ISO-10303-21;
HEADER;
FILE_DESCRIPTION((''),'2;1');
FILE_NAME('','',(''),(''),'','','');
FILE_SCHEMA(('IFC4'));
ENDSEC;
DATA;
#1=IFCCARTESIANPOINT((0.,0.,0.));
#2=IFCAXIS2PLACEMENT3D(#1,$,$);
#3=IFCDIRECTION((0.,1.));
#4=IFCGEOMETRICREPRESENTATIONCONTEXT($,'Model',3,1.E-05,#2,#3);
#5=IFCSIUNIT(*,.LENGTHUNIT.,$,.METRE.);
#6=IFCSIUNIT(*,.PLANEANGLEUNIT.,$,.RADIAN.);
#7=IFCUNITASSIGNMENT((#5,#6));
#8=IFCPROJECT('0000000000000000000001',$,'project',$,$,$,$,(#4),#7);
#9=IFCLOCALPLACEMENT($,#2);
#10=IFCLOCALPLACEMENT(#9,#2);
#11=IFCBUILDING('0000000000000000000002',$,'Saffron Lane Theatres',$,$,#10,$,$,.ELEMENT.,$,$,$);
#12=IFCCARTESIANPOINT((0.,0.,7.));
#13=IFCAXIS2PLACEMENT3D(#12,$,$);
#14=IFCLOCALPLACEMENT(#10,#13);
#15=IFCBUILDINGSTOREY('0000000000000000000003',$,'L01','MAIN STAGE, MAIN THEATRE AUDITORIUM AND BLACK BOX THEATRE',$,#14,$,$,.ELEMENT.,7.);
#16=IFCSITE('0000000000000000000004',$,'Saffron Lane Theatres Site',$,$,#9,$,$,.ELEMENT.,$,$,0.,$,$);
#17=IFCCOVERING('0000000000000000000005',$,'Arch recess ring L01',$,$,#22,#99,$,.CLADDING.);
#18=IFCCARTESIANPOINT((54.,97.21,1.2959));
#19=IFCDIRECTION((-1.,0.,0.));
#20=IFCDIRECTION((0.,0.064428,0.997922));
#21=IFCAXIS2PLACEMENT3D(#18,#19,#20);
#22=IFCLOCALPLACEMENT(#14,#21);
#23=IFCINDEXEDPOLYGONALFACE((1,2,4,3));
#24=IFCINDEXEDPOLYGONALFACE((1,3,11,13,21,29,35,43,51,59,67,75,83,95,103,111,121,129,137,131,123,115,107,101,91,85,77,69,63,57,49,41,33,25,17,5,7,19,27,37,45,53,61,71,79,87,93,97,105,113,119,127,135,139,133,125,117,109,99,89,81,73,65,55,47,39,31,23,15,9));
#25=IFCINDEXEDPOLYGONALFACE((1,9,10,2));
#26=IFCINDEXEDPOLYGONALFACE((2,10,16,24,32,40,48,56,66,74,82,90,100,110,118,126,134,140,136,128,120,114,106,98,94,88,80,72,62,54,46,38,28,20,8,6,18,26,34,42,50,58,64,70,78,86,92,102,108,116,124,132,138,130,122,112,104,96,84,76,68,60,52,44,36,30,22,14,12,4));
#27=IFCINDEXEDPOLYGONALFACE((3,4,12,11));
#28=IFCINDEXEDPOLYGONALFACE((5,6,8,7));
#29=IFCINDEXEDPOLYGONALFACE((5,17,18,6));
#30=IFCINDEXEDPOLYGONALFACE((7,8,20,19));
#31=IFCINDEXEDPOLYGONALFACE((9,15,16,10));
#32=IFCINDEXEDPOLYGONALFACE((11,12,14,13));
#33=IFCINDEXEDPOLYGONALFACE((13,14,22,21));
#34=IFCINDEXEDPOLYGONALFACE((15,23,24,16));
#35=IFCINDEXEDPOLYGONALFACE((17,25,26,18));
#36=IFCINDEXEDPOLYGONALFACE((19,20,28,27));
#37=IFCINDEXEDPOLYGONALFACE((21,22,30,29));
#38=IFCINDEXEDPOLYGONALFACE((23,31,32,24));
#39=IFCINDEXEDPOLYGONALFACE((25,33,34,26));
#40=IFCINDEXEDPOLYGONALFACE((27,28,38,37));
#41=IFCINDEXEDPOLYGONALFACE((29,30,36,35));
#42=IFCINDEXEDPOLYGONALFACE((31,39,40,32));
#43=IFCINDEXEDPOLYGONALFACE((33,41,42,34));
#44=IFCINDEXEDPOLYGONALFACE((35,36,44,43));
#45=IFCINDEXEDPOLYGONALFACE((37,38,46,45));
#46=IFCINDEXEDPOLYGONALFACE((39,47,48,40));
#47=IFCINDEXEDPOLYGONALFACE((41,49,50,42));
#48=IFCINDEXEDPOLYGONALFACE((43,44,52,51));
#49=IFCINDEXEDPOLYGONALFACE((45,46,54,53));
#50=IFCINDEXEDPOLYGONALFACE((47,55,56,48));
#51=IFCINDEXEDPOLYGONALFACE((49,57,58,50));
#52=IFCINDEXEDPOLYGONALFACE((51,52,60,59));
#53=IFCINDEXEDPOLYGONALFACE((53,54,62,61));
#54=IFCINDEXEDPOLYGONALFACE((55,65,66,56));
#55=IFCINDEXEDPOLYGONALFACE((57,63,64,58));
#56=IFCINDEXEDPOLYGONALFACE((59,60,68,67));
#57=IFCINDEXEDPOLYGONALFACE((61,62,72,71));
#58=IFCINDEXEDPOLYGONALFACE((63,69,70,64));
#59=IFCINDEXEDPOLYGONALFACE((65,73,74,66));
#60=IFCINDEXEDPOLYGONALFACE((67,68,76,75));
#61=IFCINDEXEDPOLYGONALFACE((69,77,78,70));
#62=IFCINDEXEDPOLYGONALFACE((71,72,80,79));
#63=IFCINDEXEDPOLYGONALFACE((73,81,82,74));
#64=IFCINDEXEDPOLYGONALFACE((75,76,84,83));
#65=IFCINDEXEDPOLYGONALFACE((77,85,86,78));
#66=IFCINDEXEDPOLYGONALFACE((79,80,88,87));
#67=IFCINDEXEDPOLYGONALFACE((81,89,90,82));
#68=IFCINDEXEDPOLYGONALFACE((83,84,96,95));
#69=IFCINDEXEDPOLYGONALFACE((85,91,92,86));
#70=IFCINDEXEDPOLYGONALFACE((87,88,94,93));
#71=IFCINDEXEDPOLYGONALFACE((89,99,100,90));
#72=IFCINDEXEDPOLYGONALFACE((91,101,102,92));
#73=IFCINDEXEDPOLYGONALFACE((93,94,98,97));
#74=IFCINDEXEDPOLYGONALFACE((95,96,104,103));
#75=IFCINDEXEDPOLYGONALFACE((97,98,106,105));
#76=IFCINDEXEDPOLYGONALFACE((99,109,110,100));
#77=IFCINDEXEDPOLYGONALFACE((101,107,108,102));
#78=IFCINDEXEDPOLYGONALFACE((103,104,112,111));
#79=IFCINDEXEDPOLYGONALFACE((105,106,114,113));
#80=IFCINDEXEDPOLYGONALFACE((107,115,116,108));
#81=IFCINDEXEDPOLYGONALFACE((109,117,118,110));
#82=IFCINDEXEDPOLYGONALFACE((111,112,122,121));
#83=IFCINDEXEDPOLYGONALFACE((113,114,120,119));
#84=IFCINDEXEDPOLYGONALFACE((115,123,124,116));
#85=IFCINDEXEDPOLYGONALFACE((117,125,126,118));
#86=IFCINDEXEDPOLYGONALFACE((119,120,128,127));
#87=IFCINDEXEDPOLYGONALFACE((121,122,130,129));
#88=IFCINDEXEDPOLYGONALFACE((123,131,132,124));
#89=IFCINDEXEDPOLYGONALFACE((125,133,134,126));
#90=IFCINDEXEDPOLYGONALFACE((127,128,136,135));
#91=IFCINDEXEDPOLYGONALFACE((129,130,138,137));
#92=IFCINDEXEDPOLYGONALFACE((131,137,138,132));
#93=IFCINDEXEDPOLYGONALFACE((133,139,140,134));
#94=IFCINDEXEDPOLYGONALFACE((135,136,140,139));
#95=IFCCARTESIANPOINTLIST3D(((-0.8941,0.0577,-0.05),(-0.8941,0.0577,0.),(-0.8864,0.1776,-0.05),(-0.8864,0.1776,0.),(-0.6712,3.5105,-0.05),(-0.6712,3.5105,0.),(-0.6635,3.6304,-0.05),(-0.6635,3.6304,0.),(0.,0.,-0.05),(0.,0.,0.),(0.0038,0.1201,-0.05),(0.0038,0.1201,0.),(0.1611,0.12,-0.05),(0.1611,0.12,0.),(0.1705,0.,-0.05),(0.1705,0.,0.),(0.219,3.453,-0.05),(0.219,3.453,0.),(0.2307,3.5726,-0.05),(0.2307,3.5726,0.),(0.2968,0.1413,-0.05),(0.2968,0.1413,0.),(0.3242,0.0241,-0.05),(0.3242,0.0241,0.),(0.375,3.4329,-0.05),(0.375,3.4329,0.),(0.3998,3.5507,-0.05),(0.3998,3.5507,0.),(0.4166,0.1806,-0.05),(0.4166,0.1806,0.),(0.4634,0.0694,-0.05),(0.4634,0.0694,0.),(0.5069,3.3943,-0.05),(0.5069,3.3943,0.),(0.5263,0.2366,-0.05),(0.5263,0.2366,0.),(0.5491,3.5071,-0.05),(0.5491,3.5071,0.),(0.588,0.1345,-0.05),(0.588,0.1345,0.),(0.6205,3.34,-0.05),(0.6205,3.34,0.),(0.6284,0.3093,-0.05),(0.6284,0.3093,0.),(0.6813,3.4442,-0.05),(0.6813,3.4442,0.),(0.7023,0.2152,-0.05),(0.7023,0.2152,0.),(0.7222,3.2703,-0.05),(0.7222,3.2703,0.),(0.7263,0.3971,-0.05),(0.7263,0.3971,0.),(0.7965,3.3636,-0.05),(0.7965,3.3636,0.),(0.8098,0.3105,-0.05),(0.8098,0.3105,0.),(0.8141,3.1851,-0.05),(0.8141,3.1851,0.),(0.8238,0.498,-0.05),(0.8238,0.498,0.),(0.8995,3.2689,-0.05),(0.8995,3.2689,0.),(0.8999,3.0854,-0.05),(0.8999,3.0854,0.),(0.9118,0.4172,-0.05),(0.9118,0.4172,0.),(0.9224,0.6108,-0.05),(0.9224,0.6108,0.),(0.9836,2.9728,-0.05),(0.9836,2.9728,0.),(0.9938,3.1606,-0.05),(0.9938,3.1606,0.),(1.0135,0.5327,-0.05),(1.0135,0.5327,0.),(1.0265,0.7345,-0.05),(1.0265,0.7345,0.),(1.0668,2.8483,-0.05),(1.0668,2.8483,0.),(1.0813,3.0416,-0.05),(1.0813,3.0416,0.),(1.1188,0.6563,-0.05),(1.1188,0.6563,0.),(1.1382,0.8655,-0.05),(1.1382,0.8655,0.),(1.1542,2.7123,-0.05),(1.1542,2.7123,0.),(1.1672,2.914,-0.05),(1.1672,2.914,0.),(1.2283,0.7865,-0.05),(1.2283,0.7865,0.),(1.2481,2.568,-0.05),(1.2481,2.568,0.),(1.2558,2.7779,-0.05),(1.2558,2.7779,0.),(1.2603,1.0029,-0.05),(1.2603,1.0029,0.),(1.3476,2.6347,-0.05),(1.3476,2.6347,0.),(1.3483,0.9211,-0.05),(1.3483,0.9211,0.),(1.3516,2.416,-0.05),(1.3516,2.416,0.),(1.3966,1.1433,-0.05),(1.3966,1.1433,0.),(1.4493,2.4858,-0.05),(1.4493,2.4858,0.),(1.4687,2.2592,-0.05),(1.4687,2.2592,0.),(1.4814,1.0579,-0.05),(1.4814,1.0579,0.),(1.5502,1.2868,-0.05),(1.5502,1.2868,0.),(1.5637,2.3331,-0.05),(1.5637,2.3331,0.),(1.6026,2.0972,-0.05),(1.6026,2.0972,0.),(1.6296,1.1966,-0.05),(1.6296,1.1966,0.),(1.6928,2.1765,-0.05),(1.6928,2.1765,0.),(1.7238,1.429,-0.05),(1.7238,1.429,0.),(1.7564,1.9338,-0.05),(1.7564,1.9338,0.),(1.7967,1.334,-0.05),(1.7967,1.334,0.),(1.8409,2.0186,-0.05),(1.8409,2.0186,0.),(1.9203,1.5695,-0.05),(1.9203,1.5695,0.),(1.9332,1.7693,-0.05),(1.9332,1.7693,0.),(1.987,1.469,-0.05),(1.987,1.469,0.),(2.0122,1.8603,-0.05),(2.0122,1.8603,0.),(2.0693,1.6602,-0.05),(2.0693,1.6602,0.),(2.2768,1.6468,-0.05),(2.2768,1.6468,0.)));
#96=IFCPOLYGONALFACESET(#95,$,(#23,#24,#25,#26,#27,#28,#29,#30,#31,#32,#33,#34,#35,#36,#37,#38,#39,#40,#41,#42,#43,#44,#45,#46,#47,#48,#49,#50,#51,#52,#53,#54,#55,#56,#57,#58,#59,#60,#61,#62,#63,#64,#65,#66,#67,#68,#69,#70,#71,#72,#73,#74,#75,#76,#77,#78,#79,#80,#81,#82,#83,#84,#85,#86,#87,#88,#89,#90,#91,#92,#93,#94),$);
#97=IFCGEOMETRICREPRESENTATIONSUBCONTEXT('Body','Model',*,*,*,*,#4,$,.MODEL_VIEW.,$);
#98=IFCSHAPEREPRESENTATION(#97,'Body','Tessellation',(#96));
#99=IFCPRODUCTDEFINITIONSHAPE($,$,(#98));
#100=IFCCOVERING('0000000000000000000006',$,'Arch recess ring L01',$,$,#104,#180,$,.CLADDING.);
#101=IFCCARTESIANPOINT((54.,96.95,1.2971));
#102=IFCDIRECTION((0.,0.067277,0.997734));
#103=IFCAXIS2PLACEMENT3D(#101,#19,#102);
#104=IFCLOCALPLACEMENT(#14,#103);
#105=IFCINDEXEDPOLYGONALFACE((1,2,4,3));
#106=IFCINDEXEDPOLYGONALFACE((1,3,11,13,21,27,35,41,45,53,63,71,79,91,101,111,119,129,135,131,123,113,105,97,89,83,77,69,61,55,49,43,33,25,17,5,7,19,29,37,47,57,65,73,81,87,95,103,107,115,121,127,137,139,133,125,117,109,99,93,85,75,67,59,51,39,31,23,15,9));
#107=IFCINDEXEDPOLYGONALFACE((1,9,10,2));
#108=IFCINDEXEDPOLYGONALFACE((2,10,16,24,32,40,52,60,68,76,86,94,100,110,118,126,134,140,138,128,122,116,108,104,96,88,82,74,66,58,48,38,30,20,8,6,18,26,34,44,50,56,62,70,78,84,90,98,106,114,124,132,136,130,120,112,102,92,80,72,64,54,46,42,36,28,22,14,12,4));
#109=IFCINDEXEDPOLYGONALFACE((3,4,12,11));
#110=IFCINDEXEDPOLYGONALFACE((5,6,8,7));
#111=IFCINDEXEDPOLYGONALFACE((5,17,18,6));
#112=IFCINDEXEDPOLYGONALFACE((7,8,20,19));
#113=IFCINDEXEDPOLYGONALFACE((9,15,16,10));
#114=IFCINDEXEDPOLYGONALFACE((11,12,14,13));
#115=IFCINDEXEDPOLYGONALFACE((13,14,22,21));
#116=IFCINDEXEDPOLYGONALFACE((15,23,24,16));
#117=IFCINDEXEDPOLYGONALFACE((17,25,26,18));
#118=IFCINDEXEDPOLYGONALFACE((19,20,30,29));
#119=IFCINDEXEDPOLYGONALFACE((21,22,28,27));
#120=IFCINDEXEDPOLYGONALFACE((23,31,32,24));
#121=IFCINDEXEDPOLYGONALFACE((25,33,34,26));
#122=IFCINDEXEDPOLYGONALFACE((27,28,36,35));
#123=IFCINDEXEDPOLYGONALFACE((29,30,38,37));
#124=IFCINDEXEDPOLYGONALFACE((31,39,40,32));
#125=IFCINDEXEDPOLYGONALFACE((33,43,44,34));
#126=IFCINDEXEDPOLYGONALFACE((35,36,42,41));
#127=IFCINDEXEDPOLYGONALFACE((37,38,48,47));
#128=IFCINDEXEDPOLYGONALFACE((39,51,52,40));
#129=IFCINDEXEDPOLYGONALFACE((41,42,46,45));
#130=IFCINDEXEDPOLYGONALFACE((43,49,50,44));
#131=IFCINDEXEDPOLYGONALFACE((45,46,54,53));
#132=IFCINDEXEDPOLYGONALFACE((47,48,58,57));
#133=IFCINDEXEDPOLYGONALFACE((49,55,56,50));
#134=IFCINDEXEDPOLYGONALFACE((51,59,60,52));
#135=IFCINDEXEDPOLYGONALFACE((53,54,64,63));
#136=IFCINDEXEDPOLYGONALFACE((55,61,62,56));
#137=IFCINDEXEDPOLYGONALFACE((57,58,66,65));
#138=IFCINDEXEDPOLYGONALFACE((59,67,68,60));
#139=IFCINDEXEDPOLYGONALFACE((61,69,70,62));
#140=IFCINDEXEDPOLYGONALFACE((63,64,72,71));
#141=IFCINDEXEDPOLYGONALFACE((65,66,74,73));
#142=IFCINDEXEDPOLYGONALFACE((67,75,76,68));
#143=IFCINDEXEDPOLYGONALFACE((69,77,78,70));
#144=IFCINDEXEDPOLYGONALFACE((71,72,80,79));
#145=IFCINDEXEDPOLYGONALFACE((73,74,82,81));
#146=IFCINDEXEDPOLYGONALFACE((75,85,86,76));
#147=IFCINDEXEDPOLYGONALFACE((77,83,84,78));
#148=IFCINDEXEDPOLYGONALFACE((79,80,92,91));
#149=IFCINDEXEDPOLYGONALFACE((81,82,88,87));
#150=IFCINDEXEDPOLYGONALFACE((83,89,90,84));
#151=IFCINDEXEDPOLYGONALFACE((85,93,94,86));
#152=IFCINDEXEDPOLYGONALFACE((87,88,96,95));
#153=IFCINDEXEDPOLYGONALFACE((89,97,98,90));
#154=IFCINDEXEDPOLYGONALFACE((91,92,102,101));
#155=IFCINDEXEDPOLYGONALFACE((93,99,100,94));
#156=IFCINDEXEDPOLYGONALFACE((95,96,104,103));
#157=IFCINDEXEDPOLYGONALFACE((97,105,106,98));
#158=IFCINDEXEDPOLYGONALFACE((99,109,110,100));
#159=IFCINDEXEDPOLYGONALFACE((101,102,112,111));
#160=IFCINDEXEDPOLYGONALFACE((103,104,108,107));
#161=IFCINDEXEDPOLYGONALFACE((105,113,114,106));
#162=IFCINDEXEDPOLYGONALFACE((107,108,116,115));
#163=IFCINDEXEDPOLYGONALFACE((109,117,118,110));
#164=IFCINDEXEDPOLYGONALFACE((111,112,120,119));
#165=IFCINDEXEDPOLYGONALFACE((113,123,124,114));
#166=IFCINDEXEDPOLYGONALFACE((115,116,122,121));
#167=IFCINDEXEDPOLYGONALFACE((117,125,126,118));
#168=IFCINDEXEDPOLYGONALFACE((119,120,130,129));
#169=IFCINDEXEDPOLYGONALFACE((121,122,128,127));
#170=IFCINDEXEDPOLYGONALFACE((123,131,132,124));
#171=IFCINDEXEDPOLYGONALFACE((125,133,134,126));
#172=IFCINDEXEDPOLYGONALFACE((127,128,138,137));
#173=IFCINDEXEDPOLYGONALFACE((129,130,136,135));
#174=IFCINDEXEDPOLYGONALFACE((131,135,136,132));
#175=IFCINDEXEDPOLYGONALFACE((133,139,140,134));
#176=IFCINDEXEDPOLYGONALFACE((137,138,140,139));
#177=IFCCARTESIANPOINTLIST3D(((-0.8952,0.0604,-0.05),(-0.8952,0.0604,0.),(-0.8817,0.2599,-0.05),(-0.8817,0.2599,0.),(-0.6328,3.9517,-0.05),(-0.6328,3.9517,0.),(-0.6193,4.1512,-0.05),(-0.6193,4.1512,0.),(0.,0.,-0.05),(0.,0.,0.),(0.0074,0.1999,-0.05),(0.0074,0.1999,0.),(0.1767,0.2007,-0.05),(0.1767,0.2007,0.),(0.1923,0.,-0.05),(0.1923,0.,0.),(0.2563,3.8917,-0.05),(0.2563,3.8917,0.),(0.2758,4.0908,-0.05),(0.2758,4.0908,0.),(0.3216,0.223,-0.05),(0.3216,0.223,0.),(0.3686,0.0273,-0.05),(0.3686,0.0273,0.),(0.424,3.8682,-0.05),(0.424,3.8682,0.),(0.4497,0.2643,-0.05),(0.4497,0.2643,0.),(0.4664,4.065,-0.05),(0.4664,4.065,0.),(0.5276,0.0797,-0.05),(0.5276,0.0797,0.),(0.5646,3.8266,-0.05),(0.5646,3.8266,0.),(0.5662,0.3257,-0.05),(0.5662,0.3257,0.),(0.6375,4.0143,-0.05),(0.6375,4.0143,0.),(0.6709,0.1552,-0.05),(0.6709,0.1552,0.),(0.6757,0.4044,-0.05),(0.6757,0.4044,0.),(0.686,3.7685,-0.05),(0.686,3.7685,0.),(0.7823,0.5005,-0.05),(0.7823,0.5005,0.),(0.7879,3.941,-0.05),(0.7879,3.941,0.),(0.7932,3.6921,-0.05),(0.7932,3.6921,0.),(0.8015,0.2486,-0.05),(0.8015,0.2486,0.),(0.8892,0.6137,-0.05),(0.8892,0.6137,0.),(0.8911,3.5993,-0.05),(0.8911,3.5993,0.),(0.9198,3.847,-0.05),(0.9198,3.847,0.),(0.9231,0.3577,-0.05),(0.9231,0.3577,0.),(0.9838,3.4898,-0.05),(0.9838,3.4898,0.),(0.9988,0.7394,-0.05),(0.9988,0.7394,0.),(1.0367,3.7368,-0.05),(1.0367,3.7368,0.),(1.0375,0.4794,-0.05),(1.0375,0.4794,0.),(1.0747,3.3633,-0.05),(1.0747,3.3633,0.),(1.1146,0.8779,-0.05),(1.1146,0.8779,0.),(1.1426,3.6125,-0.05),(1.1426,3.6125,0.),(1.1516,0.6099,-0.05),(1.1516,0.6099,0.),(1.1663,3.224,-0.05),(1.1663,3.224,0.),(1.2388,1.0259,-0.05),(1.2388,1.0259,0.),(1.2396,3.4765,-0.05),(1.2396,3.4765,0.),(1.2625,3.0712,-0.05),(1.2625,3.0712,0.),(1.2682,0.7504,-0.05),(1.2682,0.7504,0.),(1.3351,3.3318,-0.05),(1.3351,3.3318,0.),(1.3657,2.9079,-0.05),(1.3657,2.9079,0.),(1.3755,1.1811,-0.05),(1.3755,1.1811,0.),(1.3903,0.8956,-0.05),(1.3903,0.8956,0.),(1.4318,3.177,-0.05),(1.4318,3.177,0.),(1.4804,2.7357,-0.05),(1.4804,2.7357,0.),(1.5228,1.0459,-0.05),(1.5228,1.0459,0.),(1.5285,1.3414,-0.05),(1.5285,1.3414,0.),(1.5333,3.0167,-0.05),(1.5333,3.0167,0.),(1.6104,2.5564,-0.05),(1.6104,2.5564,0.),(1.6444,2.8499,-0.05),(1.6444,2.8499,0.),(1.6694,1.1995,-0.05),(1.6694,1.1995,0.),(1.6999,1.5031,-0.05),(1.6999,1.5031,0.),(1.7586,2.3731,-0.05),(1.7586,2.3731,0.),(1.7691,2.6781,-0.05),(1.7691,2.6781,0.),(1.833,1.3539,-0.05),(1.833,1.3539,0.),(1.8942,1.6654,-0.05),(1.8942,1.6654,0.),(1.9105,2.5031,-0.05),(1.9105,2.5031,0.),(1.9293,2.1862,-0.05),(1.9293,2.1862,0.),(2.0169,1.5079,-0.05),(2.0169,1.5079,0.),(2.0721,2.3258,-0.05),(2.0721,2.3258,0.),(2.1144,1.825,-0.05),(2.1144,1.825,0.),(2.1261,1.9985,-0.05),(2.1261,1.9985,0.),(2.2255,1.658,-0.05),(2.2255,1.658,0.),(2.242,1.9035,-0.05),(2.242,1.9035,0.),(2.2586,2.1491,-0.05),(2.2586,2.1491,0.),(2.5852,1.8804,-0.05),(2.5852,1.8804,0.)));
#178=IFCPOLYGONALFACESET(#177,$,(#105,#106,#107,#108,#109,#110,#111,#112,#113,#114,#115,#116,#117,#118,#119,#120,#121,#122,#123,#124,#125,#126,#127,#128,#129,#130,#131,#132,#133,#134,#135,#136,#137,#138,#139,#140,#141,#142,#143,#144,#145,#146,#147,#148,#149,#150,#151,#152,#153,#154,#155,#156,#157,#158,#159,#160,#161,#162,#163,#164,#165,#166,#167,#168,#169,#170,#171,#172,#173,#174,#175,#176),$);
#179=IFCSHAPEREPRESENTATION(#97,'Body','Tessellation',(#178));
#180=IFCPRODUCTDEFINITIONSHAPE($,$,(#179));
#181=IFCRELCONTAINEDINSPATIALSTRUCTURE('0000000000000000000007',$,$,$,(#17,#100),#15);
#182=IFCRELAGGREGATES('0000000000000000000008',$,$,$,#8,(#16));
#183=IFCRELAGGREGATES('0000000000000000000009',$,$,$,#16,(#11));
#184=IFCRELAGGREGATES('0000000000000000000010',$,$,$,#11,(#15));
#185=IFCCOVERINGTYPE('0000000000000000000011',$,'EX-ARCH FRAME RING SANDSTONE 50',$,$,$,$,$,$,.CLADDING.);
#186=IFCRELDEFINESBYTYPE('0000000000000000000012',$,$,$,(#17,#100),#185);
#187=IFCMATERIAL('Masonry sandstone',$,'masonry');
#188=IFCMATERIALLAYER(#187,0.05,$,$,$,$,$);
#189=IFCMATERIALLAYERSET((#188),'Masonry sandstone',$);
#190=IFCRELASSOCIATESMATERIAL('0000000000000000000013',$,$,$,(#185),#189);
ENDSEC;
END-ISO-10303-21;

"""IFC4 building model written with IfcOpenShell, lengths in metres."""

from ifc_helpers import new_model, si_unit, direction, frame, origin, place, context, subcontext, project, spatial, polyline, outline, extrude, material, layer, layer_set, type_object, element, save


model = new_model("IFC4")

# Units and contexts
model_context = context("Model", 3, precision=1e-05, world=origin(), true_north=direction((0.0, 1.0)))
body_context = subcontext(model_context, "Body", "Model", "MODEL_VIEW")
ifc_project = project(units=[si_unit("LENGTHUNIT", "METRE"), si_unit("PLANEANGLEUNIT", "RADIAN")], contexts=[model_context])

# Site, building, storey
site_placement = place(None, origin())
site = spatial("IfcSite", under=ifc_project, at=site_placement, Name="Saffron Lane Theatres Site", CompositionType="ELEMENT", RefElevation=0.0)
building_placement = place(site_placement, origin())
building = spatial("IfcBuilding", under=site, at=building_placement, Name="Saffron Lane Theatres", CompositionType="ELEMENT")
storey_placement = place(building_placement, frame((0.0, 0.0, 7.0)))
storey = spatial("IfcBuildingStorey", under=building, at=storey_placement, Name="L01", Description="MAIN STAGE, MAIN THEATRE AUDITORIUM AND BLACK BOX THEATRE", CompositionType="ELEMENT", Elevation=7.0)

# Coverings
ifc_material_1 = material(Name="Masonry sandstone", Category="masonry")
ifc_layer_1 = layer(ifc_material_1, 0.05)
ifc_layer_set_1 = layer_set([ifc_layer_1], Name="Masonry sandstone")
covering_type = type_object("IfcCoveringType", Name="EX-ARCH FRAME RING SANDSTONE 50", PredefinedType="CLADDING", material=ifc_layer_set_1)
covering_1_placement = place(storey_placement, frame((54.0, 97.21, 1.2959), z_axis=(-1.0, 0.0, 0.0), x_axis=(0.0, 0.064428, 0.997922)))
element("IfcCovering", 1, at=covering_1_placement, inside=storey, type_object=covering_type, Name="Arch recess ring L01", PredefinedType="CLADDING", context=body_context, shape_type="SweptSolid", body=[
    extrude(outline(polyline([(0.0, 0.0), (0.1705, 0.0), (0.3242, 0.0241), (0.4634, 0.0694), (0.588, 0.1345), (0.7023, 0.2152), (0.8098, 0.3105), (0.9118, 0.4172), (1.0135, 0.5327), (1.1188, 0.6563), (1.2283, 0.7865), (1.3483, 0.9211), (1.4814, 1.0579), (1.6296, 1.1966), (1.7967, 1.334), (1.987, 1.469), (2.2768, 1.6468), (2.0122, 1.8603), (1.8409, 2.0186), (1.6928, 2.1765), (1.5637, 2.3331), (1.4493, 2.4858), (1.3476, 2.6347), (1.2558, 2.7779), (1.1672, 2.914), (1.0813, 3.0416), (0.9938, 3.1606), (0.8995, 3.2689), (0.7965, 3.3636), (0.6813, 3.4442), (0.5491, 3.5071), (0.3998, 3.5507), (0.2307, 3.5726), (-0.6635, 3.6304), (-0.6712, 3.5105), (0.219, 3.453), (0.375, 3.4329), (0.5069, 3.3943), (0.6205, 3.34), (0.7222, 3.2703), (0.8141, 3.1851), (0.8999, 3.0854), (0.9836, 2.9728), (1.0668, 2.8483), (1.1542, 2.7123), (1.2481, 2.568), (1.3516, 2.416), (1.4687, 2.2592), (1.6026, 2.0972), (1.7564, 1.9338), (1.9332, 1.7693), (2.0693, 1.6602), (1.9203, 1.5695), (1.7238, 1.429), (1.5502, 1.2868), (1.3966, 1.1433), (1.2603, 1.0029), (1.1382, 0.8655), (1.0265, 0.7345), (0.9224, 0.6108), (0.8238, 0.498), (0.7263, 0.3971), (0.6284, 0.3093), (0.5263, 0.2366), (0.4166, 0.1806), (0.2968, 0.1413), (0.1611, 0.12), (0.0038, 0.1201), (-0.8864, 0.1776), (-0.8941, 0.0577), (0.0, 0.0)])), origin(), (0.0, 0.0, -1.0), 0.05),
])
covering_2_placement = place(storey_placement, frame((54.0, 96.95, 1.2971), z_axis=(-1.0, 0.0, 0.0), x_axis=(0.0, 0.067277, 0.997734)))
element("IfcCovering", 2, at=covering_2_placement, inside=storey, type_object=covering_type, Name="Arch recess ring L01", PredefinedType="CLADDING", context=body_context, shape_type="SweptSolid", body=[
    extrude(outline(polyline([(0.0, 0.0), (0.1923, 0.0), (0.3686, 0.0273), (0.5276, 0.0797), (0.6709, 0.1552), (0.8015, 0.2486), (0.9231, 0.3577), (1.0375, 0.4794), (1.1516, 0.6099), (1.2682, 0.7504), (1.3903, 0.8956), (1.5228, 1.0459), (1.6694, 1.1995), (1.833, 1.3539), (2.0169, 1.5079), (2.2255, 1.658), (2.5852, 1.8804), (2.2586, 2.1491), (2.0721, 2.3258), (1.9105, 2.5031), (1.7691, 2.6781), (1.6444, 2.8499), (1.5333, 3.0167), (1.4318, 3.177), (1.3351, 3.3318), (1.2396, 3.4765), (1.1426, 3.6125), (1.0367, 3.7368), (0.9198, 3.847), (0.7879, 3.941), (0.6375, 4.0143), (0.4664, 4.065), (0.2758, 4.0908), (-0.6193, 4.1512), (-0.6328, 3.9517), (0.2563, 3.8917), (0.424, 3.8682), (0.5646, 3.8266), (0.686, 3.7685), (0.7932, 3.6921), (0.8911, 3.5993), (0.9838, 3.4898), (1.0747, 3.3633), (1.1663, 3.224), (1.2625, 3.0712), (1.3657, 2.9079), (1.4804, 2.7357), (1.6104, 2.5564), (1.7586, 2.3731), (1.9293, 2.1862), (2.1261, 1.9985), (2.242, 1.9035), (2.1144, 1.825), (1.8942, 1.6654), (1.6999, 1.5031), (1.5285, 1.3414), (1.3755, 1.1811), (1.2388, 1.0259), (1.1146, 0.8779), (0.9988, 0.7394), (0.8892, 0.6137), (0.7823, 0.5005), (0.6757, 0.4044), (0.5662, 0.3257), (0.4497, 0.2643), (0.3216, 0.223), (0.1767, 0.2007), (0.0074, 0.1999), (-0.8817, 0.2599), (-0.8952, 0.0604), (0.0, 0.0)])), origin(), (0.0, 0.0, -1.0), 0.05),
])

save(model, "model.ifc")
